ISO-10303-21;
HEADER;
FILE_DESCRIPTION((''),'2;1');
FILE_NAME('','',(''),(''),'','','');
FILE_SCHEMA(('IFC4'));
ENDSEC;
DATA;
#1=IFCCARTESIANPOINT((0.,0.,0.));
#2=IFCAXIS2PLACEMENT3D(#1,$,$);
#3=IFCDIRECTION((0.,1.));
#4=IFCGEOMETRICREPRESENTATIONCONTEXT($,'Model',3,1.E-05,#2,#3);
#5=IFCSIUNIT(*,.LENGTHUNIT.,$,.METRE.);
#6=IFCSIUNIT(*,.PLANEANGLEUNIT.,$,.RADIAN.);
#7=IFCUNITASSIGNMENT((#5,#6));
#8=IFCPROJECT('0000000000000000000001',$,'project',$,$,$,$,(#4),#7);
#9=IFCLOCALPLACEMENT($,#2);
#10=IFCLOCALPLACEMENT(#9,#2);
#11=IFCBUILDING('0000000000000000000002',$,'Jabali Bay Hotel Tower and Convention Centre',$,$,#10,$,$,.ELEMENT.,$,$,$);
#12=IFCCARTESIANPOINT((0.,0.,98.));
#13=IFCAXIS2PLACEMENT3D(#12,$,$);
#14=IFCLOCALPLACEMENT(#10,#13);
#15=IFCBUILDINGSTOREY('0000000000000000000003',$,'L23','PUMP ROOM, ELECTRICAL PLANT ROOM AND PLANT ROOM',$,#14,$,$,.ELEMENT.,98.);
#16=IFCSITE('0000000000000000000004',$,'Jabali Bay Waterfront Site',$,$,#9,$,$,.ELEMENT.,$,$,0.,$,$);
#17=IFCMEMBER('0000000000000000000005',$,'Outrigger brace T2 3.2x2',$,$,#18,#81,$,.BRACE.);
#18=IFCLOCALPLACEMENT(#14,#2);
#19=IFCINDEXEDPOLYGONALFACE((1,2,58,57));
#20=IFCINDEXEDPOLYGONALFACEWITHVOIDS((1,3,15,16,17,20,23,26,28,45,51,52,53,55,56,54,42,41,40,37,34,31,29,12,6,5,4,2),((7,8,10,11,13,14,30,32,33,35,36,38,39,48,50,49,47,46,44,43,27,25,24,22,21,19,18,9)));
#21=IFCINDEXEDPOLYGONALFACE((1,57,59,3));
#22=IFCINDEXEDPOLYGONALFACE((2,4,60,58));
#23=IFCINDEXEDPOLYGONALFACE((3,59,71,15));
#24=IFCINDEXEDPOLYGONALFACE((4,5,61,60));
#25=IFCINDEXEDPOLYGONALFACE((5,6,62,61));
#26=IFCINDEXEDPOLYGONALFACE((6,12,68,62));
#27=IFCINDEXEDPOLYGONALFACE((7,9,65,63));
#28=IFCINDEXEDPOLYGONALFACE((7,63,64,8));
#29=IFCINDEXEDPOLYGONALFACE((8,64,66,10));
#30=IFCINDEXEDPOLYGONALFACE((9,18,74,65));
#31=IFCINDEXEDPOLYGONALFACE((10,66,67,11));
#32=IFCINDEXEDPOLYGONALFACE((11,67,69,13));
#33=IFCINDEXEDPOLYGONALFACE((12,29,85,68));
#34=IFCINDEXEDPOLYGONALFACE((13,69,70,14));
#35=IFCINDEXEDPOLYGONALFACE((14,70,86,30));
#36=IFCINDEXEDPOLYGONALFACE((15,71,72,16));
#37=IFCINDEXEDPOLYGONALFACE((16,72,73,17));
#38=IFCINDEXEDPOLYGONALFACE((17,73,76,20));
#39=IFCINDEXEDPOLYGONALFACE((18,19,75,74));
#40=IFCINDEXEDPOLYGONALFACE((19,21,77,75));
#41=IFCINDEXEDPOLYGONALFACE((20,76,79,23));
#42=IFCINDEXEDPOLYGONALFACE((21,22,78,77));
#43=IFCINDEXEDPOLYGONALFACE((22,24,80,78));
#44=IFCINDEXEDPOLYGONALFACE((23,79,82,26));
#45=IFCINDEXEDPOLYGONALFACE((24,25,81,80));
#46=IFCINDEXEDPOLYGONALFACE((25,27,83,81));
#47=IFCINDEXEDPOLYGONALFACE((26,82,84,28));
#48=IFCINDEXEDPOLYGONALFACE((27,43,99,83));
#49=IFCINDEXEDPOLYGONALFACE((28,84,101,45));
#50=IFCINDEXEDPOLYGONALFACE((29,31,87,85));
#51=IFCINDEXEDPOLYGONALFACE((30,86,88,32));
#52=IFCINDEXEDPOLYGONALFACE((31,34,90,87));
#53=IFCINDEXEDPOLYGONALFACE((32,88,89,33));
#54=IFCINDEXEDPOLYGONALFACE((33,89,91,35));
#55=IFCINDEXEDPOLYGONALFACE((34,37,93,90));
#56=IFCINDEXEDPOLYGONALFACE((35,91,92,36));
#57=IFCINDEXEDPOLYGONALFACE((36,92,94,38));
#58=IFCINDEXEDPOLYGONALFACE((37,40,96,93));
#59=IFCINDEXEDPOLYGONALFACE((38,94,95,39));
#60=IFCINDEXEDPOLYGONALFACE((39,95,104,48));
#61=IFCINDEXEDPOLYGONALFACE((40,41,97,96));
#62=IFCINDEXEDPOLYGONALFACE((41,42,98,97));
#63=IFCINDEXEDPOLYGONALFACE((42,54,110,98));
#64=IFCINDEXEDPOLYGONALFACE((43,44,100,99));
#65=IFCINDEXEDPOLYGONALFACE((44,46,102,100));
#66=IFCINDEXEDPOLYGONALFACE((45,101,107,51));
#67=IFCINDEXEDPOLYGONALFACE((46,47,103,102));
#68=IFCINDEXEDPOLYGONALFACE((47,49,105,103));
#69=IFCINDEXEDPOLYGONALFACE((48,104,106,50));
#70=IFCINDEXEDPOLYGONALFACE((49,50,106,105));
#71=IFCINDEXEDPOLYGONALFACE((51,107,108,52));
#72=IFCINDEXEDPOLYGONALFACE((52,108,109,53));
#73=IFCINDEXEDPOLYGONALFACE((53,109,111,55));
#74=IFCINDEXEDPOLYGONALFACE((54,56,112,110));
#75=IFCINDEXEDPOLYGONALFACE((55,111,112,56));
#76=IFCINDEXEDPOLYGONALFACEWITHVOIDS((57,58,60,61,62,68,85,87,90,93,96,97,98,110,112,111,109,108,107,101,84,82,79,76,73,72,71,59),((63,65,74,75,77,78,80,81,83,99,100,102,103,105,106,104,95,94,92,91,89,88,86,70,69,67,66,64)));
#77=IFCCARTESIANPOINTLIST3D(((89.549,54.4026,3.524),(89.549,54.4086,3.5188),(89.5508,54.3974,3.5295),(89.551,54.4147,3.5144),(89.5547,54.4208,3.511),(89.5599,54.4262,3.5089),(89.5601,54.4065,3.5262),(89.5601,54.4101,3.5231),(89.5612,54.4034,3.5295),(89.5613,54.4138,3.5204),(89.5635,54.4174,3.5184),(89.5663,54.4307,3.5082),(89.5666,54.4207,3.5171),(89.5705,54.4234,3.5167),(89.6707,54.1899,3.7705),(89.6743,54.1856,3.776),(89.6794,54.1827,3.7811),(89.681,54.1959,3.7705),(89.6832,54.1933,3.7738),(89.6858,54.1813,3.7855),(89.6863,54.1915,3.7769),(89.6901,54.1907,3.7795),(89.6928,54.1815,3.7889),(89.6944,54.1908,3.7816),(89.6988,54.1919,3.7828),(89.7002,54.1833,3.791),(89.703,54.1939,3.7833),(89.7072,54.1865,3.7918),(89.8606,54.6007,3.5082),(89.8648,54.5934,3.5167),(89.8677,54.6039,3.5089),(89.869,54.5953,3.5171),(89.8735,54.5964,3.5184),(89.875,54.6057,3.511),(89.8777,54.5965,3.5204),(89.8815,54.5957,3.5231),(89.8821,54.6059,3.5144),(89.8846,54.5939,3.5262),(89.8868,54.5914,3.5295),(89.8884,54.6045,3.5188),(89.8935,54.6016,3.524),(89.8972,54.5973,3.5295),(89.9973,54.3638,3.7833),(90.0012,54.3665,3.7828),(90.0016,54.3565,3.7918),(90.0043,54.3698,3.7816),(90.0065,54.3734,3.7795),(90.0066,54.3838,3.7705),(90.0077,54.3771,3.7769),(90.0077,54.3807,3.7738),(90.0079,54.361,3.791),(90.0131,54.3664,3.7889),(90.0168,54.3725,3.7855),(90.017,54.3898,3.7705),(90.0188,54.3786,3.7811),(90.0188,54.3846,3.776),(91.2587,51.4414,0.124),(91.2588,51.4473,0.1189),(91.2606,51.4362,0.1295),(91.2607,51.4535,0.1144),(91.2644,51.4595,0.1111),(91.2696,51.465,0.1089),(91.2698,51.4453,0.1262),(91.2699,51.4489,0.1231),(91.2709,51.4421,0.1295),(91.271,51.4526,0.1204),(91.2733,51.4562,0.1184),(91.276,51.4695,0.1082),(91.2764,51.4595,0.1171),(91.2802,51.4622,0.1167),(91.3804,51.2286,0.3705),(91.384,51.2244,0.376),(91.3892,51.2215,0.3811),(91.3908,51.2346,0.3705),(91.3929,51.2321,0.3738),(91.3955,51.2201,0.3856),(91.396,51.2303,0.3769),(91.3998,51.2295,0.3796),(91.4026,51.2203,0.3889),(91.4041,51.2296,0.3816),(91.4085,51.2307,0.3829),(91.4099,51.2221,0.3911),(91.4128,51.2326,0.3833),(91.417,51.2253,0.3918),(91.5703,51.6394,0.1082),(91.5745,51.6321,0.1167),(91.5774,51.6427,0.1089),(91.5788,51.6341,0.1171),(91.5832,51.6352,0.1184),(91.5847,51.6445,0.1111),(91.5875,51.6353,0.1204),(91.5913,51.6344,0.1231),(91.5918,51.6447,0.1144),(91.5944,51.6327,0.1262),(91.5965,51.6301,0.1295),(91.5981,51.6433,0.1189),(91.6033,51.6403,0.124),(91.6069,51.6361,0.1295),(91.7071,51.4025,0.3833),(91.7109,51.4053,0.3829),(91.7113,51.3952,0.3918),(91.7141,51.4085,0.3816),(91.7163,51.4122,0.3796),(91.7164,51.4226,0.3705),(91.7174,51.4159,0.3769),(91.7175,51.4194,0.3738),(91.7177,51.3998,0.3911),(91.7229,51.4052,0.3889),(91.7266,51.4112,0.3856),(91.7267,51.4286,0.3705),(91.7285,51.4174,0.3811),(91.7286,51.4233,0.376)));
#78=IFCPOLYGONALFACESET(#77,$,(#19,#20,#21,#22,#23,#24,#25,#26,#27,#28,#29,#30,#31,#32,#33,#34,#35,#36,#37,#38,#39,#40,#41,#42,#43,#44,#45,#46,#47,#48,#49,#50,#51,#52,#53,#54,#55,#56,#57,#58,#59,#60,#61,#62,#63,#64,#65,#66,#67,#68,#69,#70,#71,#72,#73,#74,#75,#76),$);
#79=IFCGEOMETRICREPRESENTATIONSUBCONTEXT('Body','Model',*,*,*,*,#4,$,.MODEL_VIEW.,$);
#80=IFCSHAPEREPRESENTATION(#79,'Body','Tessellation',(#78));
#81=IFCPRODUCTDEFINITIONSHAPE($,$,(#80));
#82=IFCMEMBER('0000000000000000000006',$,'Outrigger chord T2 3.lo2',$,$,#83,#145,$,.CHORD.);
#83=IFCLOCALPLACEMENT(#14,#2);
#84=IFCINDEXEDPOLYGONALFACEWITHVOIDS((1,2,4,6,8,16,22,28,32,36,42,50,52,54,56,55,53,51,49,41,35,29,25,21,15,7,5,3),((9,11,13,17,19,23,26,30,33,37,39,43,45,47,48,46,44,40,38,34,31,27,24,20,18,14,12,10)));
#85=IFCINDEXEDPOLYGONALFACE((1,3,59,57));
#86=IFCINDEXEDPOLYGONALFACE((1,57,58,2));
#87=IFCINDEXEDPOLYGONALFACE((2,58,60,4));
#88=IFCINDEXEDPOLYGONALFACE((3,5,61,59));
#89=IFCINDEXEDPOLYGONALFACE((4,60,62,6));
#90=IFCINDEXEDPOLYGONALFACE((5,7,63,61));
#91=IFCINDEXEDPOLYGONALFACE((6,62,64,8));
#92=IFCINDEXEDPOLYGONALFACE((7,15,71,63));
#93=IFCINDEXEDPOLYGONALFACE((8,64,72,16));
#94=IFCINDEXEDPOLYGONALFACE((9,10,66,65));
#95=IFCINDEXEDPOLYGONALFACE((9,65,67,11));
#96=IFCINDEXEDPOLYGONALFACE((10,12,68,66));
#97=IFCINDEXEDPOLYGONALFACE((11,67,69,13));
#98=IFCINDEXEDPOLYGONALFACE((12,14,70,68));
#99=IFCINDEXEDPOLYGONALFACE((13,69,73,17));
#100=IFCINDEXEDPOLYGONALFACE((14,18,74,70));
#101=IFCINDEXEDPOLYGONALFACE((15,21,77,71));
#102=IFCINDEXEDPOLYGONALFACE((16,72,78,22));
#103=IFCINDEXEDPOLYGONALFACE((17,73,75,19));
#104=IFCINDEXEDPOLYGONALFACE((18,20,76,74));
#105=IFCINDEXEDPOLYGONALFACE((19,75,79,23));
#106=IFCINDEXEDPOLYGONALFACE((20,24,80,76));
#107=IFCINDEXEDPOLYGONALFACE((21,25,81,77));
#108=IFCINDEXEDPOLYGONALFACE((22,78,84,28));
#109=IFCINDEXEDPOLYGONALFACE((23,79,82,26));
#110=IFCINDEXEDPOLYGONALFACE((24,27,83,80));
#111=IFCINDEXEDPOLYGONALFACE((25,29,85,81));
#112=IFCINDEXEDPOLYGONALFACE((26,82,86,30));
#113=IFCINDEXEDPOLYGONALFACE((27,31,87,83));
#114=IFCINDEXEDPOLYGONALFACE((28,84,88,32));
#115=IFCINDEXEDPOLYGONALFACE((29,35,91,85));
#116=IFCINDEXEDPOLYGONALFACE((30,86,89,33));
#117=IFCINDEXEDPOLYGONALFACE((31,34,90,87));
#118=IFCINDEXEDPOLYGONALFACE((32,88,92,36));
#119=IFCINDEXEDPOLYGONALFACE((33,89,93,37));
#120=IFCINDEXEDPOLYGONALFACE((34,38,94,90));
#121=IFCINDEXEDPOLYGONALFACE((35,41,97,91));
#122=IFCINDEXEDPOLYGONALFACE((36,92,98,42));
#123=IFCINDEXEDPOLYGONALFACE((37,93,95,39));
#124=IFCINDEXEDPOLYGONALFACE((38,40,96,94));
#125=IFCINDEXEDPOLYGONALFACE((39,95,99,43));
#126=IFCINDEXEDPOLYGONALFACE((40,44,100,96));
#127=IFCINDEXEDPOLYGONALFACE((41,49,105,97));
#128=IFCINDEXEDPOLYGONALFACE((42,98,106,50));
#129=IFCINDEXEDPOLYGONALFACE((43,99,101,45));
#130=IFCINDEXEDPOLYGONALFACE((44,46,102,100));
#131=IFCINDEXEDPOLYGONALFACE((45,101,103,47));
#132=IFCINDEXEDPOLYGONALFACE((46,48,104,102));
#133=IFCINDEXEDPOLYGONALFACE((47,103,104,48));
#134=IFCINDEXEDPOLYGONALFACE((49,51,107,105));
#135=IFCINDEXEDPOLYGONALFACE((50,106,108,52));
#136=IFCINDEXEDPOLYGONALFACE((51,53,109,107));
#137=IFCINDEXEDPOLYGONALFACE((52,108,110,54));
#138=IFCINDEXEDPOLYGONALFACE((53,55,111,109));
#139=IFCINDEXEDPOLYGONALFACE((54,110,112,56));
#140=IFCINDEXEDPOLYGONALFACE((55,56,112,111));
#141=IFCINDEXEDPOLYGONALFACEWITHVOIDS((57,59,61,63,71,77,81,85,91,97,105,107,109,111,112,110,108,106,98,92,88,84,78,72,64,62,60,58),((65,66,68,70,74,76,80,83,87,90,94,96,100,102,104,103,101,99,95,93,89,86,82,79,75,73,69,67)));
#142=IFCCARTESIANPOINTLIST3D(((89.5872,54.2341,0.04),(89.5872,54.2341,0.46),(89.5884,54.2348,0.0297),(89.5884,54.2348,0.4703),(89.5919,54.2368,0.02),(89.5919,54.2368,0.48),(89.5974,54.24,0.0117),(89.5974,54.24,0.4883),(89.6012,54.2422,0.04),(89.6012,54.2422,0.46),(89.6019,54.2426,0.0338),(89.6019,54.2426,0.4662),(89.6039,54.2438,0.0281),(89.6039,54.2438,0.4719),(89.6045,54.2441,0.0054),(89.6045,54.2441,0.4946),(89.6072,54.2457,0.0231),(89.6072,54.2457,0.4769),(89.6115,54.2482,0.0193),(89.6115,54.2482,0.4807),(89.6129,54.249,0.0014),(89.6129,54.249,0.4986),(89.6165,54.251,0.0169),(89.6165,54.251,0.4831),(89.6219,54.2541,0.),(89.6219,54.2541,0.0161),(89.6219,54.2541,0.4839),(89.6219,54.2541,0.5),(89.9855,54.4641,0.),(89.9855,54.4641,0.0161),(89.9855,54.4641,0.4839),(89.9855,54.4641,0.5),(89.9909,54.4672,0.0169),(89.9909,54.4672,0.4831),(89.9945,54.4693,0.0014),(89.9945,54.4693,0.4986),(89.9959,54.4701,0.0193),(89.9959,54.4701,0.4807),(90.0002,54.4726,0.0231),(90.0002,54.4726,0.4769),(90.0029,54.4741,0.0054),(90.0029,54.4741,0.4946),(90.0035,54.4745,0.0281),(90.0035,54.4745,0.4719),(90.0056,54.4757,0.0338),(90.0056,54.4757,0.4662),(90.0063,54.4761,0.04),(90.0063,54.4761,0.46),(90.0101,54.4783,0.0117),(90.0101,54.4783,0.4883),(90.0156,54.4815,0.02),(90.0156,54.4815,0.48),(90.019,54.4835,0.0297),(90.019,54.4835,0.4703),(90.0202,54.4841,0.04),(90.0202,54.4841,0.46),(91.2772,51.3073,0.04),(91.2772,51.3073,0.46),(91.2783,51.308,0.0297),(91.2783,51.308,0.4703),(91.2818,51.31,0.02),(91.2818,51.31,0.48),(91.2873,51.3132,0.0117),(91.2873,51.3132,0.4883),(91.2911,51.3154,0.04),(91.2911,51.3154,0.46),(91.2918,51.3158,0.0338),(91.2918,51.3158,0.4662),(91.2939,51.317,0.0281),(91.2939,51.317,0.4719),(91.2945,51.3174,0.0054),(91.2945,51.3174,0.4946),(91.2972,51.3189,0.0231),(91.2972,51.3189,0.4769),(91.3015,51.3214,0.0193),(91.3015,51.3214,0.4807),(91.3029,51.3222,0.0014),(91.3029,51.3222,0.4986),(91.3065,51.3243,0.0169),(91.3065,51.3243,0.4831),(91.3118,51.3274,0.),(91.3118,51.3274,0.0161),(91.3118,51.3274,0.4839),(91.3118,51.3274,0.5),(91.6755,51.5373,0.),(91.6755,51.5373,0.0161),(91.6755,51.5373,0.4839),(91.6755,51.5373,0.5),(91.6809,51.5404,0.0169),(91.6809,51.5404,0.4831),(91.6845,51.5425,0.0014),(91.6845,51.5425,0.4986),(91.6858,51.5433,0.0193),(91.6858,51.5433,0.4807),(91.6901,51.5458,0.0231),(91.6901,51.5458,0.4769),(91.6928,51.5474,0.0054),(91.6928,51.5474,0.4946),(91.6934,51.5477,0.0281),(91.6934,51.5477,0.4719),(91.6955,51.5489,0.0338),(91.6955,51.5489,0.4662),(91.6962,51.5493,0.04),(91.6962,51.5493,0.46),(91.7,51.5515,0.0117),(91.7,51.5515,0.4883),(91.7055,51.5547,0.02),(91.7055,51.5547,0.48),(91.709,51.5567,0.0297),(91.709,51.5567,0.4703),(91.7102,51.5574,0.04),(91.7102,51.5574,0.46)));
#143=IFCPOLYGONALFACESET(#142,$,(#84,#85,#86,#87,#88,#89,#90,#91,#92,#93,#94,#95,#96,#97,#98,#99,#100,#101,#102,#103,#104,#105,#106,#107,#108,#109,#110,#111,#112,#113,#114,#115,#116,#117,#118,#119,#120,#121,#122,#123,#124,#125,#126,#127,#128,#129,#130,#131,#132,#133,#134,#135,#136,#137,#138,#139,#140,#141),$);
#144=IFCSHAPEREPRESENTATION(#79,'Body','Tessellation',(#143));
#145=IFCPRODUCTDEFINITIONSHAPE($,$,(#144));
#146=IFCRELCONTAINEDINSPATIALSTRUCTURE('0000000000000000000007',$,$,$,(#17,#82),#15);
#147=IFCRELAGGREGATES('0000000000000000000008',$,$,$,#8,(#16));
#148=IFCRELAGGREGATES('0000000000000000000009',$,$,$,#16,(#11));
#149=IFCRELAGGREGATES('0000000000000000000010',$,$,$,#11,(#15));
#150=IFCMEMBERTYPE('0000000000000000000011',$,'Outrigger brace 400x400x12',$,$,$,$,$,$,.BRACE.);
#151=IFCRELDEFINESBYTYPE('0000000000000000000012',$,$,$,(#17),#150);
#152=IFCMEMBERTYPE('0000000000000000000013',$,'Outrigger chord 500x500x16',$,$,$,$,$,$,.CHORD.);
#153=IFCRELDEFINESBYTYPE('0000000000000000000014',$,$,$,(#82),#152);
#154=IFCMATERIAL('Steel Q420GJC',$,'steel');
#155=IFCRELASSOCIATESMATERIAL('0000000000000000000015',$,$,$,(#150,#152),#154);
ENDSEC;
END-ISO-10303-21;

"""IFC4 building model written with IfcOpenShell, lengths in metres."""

from ifc_helpers import new_model, si_unit, direction, frame, origin, origin_2d, place, context, subcontext, project, spatial, hollow_rectangle, extrude, material, material_profile, profile_set, type_object, element, save


model = new_model("IFC4")

# Units and contexts
model_context = context("Model", 3, precision=1e-05, world=origin(), true_north=direction((0.0, 1.0)))
body_context = subcontext(model_context, "Body", "Model", "MODEL_VIEW")
ifc_project = project(units=[si_unit("LENGTHUNIT", "METRE"), si_unit("PLANEANGLEUNIT", "RADIAN")], contexts=[model_context])

# Site, building, storey
site_placement = place(None, origin())
site = spatial("IfcSite", under=ifc_project, at=site_placement, Name="Jabali Bay Waterfront Site", CompositionType="ELEMENT", RefElevation=0.0)
building_placement = place(site_placement, origin())
building = spatial("IfcBuilding", under=site, at=building_placement, Name="Jabali Bay Hotel Tower and Convention Centre", CompositionType="ELEMENT")
storey_placement = place(building_placement, frame((0.0, 0.0, 98.0)))
storey = spatial("IfcBuildingStorey", under=building, at=storey_placement, Name="L23", Description="PUMP ROOM, ELECTRICAL PLANT ROOM AND PLANT ROOM", CompositionType="ELEMENT", Elevation=98.0)

# Members
ifc_material_1 = material(Name="Steel Q420GJC", Category="steel")
ifc_material_profile_1 = material_profile(ifc_material_1, hollow_rectangle(XDim=0.3999, YDim=0.3999, WallThickness=0.012, InnerFilletRadius=0.0181, OuterFilletRadius=0.03, at=origin_2d()), Name="Outrigger brace 400x400x12")
ifc_profile_set_1 = profile_set([ifc_material_profile_1], Name="Steel Q420GJC")
member_type_1 = type_object("IfcMemberType", Name="Outrigger brace 400x400x12", PredefinedType="BRACE", material=ifc_profile_set_1)
member_1_placement = place(storey_placement, frame((91.4937, 51.4324, 0.25), z_axis=(-0.354571, 0.614106, 0.705091), x_axis=(-0.866016, -0.500017, 0.0)))
element("IfcMember", 1, at=member_1_placement, inside=storey, type_object=member_type_1, Name="Outrigger brace T2 3.2x2", PredefinedType="BRACE", context=body_context, shape_type="SweptSolid", body=[
    extrude(hollow_rectangle(XDim=0.3999, YDim=0.3999, WallThickness=0.012, InnerFilletRadius=0.0181, OuterFilletRadius=0.03, at=origin_2d()), origin(), (0.0, 0.0, 1.0), 4.822),
])
ifc_material_profile_2 = material_profile(ifc_material_1, hollow_rectangle(XDim=0.5, YDim=0.5, WallThickness=0.0161, InnerFilletRadius=0.0239, OuterFilletRadius=0.04, at=origin_2d()), Name="Outrigger chord 500x500x16")
ifc_profile_set_2 = profile_set([ifc_material_profile_2], Name="Steel Q420GJC")
member_type_2 = type_object("IfcMemberType", Name="Outrigger chord 500x500x16", PredefinedType="CHORD", material=ifc_profile_set_2)
member_2_placement = place(storey_placement, frame((89.8037, 54.3591, 0.25), z_axis=(0.500039, -0.866003, 0.0), x_axis=(0.866003, 0.500039, 0.0)))
element("IfcMember", 2, at=member_2_placement, inside=storey, type_object=member_type_2, Name="Outrigger chord T2 3.lo2", PredefinedType="CHORD", context=body_context, shape_type="SweptSolid", body=[
    extrude(hollow_rectangle(XDim=0.5, YDim=0.5, WallThickness=0.0161, InnerFilletRadius=0.0239, OuterFilletRadius=0.04, at=origin_2d()), origin(), (0.0, 0.0, 1.0), 3.3796),
])

save(model, "model.ifc")
